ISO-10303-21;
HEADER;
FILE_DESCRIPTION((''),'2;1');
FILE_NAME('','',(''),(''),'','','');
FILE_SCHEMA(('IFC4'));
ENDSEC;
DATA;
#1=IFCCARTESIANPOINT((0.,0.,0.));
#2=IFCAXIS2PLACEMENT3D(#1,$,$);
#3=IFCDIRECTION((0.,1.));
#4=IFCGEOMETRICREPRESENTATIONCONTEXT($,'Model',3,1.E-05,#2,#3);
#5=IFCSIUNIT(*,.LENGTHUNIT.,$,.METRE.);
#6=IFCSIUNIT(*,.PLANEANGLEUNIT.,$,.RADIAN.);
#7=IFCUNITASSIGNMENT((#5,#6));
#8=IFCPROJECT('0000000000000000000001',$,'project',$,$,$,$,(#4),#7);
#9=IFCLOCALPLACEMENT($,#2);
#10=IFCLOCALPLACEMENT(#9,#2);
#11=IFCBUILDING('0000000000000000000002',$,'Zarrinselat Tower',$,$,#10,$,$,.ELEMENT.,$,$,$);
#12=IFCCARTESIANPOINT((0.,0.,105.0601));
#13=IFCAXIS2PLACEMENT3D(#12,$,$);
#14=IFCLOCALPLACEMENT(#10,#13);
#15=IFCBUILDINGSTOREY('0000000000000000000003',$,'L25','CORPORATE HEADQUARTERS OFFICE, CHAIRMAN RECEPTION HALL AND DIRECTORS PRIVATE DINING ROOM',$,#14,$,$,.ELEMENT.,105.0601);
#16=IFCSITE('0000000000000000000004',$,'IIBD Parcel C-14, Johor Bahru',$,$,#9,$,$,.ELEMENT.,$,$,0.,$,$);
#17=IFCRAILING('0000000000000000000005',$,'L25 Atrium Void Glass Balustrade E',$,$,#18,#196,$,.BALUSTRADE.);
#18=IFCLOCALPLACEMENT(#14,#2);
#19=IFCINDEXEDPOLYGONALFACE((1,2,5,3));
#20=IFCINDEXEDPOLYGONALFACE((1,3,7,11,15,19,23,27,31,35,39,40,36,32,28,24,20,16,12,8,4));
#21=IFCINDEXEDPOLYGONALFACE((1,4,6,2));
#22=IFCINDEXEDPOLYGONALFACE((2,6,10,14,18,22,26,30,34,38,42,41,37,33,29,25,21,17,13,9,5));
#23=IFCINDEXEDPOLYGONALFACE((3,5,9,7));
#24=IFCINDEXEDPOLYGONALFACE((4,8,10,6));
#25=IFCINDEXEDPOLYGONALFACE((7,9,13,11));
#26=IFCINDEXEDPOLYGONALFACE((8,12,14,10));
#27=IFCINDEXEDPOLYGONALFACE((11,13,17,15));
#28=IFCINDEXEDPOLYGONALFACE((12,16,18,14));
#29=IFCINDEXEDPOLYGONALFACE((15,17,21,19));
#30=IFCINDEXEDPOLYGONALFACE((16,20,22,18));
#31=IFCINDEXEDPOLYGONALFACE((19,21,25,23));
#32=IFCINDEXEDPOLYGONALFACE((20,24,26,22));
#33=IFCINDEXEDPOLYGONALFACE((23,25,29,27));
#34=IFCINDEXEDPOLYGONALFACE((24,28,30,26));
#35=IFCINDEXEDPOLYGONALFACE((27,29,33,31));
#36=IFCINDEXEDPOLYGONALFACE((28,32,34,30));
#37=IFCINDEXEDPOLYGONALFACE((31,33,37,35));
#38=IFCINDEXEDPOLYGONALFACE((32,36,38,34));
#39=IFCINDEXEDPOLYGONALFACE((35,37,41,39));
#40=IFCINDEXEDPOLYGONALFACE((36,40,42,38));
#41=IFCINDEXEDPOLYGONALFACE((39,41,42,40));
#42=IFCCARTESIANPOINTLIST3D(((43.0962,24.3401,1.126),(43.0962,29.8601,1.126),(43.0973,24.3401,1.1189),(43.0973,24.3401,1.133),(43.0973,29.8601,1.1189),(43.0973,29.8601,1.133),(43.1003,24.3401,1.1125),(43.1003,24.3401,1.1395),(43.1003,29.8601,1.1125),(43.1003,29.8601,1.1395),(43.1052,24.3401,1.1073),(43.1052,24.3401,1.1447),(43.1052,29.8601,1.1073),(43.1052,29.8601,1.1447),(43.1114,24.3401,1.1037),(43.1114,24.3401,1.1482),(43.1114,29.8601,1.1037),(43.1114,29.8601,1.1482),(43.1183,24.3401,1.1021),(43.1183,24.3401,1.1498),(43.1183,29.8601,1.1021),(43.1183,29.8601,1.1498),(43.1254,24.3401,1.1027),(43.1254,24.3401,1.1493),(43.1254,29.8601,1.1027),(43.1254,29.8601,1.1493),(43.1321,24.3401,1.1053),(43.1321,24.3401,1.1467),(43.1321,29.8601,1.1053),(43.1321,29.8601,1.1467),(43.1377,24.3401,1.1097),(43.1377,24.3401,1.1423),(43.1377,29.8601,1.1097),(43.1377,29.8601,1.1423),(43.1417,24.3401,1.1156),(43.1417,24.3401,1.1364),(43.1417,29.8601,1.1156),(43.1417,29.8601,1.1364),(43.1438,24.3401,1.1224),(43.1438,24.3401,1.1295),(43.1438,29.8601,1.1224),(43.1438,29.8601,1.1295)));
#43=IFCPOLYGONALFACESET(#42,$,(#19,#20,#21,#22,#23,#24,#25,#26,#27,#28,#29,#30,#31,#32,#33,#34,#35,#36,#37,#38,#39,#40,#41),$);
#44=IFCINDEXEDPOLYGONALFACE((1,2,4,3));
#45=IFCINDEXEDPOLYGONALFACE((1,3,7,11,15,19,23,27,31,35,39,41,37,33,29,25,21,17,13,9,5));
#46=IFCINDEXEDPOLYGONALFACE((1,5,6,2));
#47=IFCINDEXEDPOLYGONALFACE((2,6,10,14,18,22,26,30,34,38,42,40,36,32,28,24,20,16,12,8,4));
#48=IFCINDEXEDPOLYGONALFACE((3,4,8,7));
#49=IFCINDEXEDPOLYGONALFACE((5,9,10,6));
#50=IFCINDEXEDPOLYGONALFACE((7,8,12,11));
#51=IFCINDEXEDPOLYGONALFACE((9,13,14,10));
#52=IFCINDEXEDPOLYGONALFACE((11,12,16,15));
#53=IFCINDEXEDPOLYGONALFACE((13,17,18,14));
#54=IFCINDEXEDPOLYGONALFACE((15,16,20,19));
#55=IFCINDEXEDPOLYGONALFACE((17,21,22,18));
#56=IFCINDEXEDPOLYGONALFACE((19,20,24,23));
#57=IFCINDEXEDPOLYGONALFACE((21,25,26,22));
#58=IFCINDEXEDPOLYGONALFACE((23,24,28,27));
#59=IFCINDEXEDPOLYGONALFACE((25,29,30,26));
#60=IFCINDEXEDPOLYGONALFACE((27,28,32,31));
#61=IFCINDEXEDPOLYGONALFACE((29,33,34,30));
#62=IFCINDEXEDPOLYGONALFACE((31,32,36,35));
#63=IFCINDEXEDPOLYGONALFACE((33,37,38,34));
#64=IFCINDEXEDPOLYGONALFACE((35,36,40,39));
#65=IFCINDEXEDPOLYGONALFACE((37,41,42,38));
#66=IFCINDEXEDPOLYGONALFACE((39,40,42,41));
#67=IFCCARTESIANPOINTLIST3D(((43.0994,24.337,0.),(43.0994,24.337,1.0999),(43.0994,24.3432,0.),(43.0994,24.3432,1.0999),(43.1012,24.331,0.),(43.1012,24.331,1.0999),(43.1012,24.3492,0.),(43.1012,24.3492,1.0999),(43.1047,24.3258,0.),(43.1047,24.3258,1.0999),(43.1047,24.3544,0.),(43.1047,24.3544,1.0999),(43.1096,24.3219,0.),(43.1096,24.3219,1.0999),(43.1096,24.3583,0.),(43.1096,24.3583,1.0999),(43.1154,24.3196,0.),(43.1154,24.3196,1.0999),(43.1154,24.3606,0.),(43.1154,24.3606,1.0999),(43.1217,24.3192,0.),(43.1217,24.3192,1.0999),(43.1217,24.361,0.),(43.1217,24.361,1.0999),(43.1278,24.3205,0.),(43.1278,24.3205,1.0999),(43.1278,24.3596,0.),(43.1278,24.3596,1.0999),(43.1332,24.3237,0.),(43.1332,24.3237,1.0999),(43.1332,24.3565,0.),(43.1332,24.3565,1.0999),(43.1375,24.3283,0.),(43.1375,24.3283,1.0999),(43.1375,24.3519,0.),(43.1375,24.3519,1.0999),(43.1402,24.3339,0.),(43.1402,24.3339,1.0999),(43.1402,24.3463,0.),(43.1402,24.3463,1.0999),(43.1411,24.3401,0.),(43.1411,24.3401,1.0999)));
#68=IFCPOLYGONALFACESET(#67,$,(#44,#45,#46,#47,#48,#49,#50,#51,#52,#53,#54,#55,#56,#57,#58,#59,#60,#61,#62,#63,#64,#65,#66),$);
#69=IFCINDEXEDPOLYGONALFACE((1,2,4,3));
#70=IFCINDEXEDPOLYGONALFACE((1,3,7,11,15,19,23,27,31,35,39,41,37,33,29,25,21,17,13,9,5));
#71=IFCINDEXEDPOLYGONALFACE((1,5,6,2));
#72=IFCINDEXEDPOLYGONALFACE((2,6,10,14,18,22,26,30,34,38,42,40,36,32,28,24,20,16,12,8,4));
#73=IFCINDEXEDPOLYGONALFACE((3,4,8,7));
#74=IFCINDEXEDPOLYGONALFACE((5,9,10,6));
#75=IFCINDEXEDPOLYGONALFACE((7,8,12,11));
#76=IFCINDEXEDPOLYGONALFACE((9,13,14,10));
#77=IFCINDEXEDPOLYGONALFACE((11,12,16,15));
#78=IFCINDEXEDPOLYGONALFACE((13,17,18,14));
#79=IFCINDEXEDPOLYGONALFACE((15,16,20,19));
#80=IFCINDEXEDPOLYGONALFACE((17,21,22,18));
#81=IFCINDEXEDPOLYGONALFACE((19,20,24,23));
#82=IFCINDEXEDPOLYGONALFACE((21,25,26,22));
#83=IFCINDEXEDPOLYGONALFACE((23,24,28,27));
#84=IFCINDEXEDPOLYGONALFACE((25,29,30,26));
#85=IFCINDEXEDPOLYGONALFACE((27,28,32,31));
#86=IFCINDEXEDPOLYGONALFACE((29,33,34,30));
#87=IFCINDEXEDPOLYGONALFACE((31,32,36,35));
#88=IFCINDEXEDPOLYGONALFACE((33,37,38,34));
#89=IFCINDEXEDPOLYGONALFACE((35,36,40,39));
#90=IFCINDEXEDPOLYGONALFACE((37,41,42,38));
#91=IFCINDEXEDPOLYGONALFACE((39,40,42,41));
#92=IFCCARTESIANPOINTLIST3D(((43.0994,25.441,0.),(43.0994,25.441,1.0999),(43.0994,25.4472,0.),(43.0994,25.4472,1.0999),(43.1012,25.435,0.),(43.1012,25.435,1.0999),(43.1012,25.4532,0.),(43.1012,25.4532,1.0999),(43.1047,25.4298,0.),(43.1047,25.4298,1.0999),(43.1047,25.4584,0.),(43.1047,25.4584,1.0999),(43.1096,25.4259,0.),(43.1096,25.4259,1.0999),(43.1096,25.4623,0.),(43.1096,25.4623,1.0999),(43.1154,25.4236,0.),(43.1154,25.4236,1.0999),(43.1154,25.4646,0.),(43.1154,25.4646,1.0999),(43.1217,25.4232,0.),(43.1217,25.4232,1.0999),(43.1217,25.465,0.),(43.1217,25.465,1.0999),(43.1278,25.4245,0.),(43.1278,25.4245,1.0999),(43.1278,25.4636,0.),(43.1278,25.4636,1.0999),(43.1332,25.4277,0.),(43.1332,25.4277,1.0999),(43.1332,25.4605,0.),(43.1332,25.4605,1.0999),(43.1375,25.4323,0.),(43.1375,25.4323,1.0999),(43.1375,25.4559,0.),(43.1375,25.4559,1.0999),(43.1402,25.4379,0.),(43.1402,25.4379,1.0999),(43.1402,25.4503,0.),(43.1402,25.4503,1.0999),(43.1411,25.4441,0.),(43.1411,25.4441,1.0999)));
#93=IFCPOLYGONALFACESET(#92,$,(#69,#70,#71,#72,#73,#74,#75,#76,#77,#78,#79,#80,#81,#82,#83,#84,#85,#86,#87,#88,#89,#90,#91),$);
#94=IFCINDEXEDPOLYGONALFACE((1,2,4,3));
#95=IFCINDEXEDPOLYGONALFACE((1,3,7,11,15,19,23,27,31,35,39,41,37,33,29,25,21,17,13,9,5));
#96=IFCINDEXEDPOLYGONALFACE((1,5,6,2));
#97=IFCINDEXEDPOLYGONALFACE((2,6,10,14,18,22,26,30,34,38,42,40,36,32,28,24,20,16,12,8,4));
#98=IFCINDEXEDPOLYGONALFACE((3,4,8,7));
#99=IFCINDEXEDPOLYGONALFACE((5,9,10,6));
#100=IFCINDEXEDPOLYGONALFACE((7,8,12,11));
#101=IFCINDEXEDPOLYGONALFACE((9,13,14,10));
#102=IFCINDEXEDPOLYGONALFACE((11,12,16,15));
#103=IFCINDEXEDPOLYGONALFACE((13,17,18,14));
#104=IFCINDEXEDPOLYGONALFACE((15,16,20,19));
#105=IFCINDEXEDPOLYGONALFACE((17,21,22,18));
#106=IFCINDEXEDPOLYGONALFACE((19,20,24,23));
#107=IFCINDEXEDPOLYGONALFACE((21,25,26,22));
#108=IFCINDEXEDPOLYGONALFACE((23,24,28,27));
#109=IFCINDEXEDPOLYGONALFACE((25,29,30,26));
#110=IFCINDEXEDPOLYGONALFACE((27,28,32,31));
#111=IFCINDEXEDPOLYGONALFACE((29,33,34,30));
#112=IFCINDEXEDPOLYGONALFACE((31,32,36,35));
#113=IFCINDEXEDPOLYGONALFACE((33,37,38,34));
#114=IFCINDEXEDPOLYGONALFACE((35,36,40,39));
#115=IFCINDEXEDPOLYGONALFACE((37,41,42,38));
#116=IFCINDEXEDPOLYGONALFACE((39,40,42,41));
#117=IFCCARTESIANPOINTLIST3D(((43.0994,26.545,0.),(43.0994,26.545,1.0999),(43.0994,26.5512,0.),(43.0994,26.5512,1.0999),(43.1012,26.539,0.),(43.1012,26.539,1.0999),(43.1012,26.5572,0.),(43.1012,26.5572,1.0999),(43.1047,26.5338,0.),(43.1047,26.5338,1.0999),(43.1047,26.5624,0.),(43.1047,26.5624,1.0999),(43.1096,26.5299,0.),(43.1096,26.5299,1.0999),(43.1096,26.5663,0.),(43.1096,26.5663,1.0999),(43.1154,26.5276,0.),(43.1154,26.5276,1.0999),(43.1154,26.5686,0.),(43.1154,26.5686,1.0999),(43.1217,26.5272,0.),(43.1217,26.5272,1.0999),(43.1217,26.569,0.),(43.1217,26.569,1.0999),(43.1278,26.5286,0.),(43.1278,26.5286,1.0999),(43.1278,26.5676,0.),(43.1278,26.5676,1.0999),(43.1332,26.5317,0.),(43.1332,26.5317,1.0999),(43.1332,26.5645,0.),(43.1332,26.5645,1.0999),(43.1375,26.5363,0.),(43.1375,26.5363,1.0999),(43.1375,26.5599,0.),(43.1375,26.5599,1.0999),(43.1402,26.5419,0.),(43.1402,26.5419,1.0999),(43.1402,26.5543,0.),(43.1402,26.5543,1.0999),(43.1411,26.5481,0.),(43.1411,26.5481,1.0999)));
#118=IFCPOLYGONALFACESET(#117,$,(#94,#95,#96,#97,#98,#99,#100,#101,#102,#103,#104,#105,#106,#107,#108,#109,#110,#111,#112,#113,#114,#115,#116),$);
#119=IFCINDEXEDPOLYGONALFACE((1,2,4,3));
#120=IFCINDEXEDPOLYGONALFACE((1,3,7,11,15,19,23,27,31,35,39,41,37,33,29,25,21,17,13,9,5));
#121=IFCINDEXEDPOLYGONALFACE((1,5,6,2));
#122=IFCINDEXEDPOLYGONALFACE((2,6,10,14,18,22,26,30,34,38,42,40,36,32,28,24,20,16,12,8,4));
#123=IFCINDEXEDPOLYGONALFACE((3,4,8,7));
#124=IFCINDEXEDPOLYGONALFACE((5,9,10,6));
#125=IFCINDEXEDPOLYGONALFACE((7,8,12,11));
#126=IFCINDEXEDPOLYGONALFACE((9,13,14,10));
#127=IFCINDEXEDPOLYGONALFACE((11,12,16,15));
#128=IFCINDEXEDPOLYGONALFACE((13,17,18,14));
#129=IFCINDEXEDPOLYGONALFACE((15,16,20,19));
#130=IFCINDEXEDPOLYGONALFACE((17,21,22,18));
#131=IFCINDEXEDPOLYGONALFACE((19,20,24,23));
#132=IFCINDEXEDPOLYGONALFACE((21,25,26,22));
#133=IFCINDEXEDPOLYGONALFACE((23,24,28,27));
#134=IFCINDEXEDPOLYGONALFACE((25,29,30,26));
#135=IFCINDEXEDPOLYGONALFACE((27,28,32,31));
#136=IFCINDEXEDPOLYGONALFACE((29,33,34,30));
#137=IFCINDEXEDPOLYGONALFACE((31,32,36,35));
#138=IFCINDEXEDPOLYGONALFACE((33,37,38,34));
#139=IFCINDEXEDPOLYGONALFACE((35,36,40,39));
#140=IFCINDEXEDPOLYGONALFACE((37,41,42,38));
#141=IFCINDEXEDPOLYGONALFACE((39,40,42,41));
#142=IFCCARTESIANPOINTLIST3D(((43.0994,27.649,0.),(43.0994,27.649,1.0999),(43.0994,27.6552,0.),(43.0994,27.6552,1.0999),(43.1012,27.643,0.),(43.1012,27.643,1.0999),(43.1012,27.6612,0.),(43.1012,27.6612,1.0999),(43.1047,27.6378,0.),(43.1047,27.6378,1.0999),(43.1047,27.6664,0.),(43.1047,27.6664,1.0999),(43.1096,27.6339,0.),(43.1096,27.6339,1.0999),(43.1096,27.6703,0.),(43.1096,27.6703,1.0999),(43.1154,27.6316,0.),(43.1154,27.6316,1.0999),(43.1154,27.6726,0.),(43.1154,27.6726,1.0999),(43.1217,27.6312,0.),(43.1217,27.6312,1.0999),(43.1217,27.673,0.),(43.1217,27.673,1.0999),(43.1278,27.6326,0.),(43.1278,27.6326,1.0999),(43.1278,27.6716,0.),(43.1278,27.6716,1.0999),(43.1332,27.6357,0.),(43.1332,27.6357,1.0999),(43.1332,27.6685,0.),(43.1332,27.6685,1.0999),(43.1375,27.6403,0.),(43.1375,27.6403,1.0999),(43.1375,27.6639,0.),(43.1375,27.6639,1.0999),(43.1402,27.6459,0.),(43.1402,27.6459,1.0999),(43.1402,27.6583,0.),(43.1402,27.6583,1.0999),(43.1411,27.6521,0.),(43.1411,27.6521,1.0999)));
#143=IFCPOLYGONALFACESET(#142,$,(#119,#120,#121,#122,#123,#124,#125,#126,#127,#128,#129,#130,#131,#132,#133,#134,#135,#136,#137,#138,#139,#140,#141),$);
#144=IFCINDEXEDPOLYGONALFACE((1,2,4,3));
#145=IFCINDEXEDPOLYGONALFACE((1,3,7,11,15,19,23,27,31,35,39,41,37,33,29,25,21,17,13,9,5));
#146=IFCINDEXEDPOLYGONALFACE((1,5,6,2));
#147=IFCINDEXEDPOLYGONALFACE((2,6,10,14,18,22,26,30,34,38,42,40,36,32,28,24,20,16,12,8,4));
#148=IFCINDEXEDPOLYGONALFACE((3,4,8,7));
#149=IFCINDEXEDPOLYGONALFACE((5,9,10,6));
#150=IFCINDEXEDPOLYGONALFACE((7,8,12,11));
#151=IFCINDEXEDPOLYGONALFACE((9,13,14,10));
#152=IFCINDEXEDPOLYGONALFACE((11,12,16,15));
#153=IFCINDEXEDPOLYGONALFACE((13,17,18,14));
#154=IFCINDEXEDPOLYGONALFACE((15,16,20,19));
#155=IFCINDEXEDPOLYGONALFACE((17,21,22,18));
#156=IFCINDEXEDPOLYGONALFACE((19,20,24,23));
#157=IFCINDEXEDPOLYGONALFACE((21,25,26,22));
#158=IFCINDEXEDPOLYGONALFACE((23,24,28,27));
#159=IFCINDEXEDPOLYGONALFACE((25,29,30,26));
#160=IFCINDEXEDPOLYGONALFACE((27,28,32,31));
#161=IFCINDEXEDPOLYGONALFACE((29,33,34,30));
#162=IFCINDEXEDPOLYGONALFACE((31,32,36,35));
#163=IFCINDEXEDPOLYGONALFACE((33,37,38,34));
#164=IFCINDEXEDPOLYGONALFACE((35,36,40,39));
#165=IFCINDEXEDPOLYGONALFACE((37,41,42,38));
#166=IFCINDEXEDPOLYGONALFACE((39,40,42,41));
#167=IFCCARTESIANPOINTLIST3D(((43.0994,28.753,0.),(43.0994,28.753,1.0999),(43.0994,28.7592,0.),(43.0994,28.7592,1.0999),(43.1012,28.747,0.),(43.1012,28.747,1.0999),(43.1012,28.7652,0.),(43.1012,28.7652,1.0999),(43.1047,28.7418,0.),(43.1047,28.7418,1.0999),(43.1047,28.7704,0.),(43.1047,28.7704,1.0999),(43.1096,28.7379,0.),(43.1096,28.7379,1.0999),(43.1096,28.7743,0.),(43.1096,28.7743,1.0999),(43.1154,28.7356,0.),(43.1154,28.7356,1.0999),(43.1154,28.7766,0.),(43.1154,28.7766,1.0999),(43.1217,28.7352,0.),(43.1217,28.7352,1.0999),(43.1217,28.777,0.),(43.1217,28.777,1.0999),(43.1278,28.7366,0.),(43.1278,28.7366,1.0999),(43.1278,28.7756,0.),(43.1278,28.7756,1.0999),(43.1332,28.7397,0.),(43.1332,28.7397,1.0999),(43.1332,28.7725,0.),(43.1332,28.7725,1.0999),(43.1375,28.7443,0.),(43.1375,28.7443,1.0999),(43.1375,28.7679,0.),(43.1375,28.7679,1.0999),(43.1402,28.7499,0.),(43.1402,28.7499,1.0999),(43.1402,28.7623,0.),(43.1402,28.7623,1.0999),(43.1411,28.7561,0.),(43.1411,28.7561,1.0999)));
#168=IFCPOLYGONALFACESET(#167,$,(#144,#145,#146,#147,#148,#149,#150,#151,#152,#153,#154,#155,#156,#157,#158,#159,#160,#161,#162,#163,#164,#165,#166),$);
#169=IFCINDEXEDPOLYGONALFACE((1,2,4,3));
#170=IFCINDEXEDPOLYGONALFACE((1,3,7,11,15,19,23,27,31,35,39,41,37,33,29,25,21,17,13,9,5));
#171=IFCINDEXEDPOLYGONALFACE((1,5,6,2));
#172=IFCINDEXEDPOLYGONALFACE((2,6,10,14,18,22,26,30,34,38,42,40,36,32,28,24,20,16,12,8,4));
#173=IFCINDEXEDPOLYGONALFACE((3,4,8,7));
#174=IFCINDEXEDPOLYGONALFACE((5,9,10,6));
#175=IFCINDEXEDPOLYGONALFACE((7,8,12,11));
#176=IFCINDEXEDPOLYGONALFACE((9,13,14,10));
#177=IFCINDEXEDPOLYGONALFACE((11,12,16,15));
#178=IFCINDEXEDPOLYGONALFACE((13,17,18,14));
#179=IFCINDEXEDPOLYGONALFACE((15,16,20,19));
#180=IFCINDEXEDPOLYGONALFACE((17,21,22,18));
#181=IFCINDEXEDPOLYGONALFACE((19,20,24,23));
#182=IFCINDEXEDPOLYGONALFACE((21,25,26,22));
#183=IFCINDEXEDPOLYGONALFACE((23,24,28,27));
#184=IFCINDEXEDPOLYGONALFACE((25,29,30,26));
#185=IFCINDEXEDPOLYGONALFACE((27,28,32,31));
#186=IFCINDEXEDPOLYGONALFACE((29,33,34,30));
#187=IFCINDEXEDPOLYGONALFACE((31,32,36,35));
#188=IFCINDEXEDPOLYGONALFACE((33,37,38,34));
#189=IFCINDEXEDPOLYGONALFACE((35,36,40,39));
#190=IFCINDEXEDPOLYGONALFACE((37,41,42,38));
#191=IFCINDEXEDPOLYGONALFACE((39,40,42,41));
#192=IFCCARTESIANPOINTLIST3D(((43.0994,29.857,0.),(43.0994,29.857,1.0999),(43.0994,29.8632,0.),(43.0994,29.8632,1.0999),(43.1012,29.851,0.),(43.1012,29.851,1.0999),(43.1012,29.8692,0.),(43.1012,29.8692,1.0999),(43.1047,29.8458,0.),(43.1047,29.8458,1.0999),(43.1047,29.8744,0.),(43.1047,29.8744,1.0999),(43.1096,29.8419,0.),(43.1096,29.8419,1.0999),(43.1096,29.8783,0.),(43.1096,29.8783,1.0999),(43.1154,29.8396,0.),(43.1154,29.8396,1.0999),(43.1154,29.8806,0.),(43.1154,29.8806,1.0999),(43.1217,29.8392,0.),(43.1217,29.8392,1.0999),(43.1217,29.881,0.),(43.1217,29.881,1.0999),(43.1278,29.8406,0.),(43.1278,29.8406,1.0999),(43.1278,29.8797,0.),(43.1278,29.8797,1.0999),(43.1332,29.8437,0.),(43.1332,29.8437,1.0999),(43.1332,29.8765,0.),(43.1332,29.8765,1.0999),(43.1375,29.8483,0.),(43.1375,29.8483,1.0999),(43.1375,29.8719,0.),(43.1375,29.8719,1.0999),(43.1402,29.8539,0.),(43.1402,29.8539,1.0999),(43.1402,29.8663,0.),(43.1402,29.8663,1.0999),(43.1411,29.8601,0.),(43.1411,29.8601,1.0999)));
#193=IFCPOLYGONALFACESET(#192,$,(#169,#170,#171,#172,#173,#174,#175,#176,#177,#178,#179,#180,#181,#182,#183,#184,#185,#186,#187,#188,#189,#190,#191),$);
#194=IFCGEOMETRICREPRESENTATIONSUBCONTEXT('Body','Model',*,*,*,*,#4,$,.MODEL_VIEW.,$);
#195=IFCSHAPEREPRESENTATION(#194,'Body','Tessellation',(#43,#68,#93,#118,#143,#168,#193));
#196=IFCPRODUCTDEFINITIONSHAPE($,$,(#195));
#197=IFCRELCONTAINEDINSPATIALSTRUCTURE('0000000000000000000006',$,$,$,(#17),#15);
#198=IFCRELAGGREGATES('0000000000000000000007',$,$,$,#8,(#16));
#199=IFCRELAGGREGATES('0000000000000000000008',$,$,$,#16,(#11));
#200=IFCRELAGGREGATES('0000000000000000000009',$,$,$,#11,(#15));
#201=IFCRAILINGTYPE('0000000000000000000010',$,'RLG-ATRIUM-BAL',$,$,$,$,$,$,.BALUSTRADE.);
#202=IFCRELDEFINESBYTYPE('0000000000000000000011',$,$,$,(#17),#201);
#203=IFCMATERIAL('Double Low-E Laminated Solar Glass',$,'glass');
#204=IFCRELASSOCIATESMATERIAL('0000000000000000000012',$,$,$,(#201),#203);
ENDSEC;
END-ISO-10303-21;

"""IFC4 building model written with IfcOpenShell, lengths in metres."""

from ifc_helpers import new_model, si_unit, direction, frame, origin, origin_2d, place, context, subcontext, project, spatial, circle, extrude, material, type_object, element, save


model = new_model("IFC4")

# Units and contexts
model_context = context("Model", 3, precision=1e-05, world=origin(), true_north=direction((0.0, 1.0)))
body_context = subcontext(model_context, "Body", "Model", "MODEL_VIEW")
ifc_project = project(units=[si_unit("LENGTHUNIT", "METRE"), si_unit("PLANEANGLEUNIT", "RADIAN")], contexts=[model_context])

# Site, building, storey
site_placement = place(None, origin())
site = spatial("IfcSite", under=ifc_project, at=site_placement, Name="IIBD Parcel C-14, Johor Bahru", CompositionType="ELEMENT", RefElevation=0.0)
building_placement = place(site_placement, origin())
building = spatial("IfcBuilding", under=site, at=building_placement, Name="Zarrinselat Tower", CompositionType="ELEMENT")
storey_placement = place(building_placement, frame((0.0, 0.0, 105.0601)))
storey = spatial("IfcBuildingStorey", under=building, at=storey_placement, Name="L25", Description="CORPORATE HEADQUARTERS OFFICE, CHAIRMAN RECEPTION HALL AND DIRECTORS PRIVATE DINING ROOM", CompositionType="ELEMENT", Elevation=105.0601)

# Railing
ifc_material_1 = material(Name="Double Low-E Laminated Solar Glass", Category="glass")
railing_type_1 = type_object("IfcRailingType", Name="RLG-ATRIUM-BAL", PredefinedType="BALUSTRADE", material=ifc_material_1)
railing_1_placement = place(storey_placement, frame((43.1201, 24.3401, 0.0)))
element("IfcRailing", 1, at=railing_1_placement, inside=storey, type_object=railing_type_1, Name="L25 Atrium Void Glass Balustrade E", PredefinedType="BALUSTRADE", context=body_context, shape_type="SweptSolid", body=[
    extrude(circle(Radius=0.0239, at=origin_2d()), frame((0.0, 0.0, 1.126), z_axis=(0.0, 1.0, 0.0), x_axis=(-1.0, 0.0, 0.0)), (0.0, 0.0, 1.0), 5.52),
    extrude(circle(Radius=0.021, at=origin_2d()), origin(), (0.0, 0.0, 1.0), 1.0999),
    extrude(circle(Radius=0.021, at=origin_2d()), frame((0.0, 1.104, 0.0)), (0.0, 0.0, 1.0), 1.0999),
    extrude(circle(Radius=0.021, at=origin_2d()), frame((0.0, 2.208, 0.0)), (0.0, 0.0, 1.0), 1.0999),
    extrude(circle(Radius=0.021, at=origin_2d()), frame((0.0, 3.312, 0.0)), (0.0, 0.0, 1.0), 1.0999),
    extrude(circle(Radius=0.021, at=origin_2d()), frame((0.0, 4.416, 0.0)), (0.0, 0.0, 1.0), 1.0999),
    extrude(circle(Radius=0.021, at=origin_2d()), frame((0.0, 5.52, 0.0)), (0.0, 0.0, 1.0), 1.0999),
])

save(model, "model.ifc")
